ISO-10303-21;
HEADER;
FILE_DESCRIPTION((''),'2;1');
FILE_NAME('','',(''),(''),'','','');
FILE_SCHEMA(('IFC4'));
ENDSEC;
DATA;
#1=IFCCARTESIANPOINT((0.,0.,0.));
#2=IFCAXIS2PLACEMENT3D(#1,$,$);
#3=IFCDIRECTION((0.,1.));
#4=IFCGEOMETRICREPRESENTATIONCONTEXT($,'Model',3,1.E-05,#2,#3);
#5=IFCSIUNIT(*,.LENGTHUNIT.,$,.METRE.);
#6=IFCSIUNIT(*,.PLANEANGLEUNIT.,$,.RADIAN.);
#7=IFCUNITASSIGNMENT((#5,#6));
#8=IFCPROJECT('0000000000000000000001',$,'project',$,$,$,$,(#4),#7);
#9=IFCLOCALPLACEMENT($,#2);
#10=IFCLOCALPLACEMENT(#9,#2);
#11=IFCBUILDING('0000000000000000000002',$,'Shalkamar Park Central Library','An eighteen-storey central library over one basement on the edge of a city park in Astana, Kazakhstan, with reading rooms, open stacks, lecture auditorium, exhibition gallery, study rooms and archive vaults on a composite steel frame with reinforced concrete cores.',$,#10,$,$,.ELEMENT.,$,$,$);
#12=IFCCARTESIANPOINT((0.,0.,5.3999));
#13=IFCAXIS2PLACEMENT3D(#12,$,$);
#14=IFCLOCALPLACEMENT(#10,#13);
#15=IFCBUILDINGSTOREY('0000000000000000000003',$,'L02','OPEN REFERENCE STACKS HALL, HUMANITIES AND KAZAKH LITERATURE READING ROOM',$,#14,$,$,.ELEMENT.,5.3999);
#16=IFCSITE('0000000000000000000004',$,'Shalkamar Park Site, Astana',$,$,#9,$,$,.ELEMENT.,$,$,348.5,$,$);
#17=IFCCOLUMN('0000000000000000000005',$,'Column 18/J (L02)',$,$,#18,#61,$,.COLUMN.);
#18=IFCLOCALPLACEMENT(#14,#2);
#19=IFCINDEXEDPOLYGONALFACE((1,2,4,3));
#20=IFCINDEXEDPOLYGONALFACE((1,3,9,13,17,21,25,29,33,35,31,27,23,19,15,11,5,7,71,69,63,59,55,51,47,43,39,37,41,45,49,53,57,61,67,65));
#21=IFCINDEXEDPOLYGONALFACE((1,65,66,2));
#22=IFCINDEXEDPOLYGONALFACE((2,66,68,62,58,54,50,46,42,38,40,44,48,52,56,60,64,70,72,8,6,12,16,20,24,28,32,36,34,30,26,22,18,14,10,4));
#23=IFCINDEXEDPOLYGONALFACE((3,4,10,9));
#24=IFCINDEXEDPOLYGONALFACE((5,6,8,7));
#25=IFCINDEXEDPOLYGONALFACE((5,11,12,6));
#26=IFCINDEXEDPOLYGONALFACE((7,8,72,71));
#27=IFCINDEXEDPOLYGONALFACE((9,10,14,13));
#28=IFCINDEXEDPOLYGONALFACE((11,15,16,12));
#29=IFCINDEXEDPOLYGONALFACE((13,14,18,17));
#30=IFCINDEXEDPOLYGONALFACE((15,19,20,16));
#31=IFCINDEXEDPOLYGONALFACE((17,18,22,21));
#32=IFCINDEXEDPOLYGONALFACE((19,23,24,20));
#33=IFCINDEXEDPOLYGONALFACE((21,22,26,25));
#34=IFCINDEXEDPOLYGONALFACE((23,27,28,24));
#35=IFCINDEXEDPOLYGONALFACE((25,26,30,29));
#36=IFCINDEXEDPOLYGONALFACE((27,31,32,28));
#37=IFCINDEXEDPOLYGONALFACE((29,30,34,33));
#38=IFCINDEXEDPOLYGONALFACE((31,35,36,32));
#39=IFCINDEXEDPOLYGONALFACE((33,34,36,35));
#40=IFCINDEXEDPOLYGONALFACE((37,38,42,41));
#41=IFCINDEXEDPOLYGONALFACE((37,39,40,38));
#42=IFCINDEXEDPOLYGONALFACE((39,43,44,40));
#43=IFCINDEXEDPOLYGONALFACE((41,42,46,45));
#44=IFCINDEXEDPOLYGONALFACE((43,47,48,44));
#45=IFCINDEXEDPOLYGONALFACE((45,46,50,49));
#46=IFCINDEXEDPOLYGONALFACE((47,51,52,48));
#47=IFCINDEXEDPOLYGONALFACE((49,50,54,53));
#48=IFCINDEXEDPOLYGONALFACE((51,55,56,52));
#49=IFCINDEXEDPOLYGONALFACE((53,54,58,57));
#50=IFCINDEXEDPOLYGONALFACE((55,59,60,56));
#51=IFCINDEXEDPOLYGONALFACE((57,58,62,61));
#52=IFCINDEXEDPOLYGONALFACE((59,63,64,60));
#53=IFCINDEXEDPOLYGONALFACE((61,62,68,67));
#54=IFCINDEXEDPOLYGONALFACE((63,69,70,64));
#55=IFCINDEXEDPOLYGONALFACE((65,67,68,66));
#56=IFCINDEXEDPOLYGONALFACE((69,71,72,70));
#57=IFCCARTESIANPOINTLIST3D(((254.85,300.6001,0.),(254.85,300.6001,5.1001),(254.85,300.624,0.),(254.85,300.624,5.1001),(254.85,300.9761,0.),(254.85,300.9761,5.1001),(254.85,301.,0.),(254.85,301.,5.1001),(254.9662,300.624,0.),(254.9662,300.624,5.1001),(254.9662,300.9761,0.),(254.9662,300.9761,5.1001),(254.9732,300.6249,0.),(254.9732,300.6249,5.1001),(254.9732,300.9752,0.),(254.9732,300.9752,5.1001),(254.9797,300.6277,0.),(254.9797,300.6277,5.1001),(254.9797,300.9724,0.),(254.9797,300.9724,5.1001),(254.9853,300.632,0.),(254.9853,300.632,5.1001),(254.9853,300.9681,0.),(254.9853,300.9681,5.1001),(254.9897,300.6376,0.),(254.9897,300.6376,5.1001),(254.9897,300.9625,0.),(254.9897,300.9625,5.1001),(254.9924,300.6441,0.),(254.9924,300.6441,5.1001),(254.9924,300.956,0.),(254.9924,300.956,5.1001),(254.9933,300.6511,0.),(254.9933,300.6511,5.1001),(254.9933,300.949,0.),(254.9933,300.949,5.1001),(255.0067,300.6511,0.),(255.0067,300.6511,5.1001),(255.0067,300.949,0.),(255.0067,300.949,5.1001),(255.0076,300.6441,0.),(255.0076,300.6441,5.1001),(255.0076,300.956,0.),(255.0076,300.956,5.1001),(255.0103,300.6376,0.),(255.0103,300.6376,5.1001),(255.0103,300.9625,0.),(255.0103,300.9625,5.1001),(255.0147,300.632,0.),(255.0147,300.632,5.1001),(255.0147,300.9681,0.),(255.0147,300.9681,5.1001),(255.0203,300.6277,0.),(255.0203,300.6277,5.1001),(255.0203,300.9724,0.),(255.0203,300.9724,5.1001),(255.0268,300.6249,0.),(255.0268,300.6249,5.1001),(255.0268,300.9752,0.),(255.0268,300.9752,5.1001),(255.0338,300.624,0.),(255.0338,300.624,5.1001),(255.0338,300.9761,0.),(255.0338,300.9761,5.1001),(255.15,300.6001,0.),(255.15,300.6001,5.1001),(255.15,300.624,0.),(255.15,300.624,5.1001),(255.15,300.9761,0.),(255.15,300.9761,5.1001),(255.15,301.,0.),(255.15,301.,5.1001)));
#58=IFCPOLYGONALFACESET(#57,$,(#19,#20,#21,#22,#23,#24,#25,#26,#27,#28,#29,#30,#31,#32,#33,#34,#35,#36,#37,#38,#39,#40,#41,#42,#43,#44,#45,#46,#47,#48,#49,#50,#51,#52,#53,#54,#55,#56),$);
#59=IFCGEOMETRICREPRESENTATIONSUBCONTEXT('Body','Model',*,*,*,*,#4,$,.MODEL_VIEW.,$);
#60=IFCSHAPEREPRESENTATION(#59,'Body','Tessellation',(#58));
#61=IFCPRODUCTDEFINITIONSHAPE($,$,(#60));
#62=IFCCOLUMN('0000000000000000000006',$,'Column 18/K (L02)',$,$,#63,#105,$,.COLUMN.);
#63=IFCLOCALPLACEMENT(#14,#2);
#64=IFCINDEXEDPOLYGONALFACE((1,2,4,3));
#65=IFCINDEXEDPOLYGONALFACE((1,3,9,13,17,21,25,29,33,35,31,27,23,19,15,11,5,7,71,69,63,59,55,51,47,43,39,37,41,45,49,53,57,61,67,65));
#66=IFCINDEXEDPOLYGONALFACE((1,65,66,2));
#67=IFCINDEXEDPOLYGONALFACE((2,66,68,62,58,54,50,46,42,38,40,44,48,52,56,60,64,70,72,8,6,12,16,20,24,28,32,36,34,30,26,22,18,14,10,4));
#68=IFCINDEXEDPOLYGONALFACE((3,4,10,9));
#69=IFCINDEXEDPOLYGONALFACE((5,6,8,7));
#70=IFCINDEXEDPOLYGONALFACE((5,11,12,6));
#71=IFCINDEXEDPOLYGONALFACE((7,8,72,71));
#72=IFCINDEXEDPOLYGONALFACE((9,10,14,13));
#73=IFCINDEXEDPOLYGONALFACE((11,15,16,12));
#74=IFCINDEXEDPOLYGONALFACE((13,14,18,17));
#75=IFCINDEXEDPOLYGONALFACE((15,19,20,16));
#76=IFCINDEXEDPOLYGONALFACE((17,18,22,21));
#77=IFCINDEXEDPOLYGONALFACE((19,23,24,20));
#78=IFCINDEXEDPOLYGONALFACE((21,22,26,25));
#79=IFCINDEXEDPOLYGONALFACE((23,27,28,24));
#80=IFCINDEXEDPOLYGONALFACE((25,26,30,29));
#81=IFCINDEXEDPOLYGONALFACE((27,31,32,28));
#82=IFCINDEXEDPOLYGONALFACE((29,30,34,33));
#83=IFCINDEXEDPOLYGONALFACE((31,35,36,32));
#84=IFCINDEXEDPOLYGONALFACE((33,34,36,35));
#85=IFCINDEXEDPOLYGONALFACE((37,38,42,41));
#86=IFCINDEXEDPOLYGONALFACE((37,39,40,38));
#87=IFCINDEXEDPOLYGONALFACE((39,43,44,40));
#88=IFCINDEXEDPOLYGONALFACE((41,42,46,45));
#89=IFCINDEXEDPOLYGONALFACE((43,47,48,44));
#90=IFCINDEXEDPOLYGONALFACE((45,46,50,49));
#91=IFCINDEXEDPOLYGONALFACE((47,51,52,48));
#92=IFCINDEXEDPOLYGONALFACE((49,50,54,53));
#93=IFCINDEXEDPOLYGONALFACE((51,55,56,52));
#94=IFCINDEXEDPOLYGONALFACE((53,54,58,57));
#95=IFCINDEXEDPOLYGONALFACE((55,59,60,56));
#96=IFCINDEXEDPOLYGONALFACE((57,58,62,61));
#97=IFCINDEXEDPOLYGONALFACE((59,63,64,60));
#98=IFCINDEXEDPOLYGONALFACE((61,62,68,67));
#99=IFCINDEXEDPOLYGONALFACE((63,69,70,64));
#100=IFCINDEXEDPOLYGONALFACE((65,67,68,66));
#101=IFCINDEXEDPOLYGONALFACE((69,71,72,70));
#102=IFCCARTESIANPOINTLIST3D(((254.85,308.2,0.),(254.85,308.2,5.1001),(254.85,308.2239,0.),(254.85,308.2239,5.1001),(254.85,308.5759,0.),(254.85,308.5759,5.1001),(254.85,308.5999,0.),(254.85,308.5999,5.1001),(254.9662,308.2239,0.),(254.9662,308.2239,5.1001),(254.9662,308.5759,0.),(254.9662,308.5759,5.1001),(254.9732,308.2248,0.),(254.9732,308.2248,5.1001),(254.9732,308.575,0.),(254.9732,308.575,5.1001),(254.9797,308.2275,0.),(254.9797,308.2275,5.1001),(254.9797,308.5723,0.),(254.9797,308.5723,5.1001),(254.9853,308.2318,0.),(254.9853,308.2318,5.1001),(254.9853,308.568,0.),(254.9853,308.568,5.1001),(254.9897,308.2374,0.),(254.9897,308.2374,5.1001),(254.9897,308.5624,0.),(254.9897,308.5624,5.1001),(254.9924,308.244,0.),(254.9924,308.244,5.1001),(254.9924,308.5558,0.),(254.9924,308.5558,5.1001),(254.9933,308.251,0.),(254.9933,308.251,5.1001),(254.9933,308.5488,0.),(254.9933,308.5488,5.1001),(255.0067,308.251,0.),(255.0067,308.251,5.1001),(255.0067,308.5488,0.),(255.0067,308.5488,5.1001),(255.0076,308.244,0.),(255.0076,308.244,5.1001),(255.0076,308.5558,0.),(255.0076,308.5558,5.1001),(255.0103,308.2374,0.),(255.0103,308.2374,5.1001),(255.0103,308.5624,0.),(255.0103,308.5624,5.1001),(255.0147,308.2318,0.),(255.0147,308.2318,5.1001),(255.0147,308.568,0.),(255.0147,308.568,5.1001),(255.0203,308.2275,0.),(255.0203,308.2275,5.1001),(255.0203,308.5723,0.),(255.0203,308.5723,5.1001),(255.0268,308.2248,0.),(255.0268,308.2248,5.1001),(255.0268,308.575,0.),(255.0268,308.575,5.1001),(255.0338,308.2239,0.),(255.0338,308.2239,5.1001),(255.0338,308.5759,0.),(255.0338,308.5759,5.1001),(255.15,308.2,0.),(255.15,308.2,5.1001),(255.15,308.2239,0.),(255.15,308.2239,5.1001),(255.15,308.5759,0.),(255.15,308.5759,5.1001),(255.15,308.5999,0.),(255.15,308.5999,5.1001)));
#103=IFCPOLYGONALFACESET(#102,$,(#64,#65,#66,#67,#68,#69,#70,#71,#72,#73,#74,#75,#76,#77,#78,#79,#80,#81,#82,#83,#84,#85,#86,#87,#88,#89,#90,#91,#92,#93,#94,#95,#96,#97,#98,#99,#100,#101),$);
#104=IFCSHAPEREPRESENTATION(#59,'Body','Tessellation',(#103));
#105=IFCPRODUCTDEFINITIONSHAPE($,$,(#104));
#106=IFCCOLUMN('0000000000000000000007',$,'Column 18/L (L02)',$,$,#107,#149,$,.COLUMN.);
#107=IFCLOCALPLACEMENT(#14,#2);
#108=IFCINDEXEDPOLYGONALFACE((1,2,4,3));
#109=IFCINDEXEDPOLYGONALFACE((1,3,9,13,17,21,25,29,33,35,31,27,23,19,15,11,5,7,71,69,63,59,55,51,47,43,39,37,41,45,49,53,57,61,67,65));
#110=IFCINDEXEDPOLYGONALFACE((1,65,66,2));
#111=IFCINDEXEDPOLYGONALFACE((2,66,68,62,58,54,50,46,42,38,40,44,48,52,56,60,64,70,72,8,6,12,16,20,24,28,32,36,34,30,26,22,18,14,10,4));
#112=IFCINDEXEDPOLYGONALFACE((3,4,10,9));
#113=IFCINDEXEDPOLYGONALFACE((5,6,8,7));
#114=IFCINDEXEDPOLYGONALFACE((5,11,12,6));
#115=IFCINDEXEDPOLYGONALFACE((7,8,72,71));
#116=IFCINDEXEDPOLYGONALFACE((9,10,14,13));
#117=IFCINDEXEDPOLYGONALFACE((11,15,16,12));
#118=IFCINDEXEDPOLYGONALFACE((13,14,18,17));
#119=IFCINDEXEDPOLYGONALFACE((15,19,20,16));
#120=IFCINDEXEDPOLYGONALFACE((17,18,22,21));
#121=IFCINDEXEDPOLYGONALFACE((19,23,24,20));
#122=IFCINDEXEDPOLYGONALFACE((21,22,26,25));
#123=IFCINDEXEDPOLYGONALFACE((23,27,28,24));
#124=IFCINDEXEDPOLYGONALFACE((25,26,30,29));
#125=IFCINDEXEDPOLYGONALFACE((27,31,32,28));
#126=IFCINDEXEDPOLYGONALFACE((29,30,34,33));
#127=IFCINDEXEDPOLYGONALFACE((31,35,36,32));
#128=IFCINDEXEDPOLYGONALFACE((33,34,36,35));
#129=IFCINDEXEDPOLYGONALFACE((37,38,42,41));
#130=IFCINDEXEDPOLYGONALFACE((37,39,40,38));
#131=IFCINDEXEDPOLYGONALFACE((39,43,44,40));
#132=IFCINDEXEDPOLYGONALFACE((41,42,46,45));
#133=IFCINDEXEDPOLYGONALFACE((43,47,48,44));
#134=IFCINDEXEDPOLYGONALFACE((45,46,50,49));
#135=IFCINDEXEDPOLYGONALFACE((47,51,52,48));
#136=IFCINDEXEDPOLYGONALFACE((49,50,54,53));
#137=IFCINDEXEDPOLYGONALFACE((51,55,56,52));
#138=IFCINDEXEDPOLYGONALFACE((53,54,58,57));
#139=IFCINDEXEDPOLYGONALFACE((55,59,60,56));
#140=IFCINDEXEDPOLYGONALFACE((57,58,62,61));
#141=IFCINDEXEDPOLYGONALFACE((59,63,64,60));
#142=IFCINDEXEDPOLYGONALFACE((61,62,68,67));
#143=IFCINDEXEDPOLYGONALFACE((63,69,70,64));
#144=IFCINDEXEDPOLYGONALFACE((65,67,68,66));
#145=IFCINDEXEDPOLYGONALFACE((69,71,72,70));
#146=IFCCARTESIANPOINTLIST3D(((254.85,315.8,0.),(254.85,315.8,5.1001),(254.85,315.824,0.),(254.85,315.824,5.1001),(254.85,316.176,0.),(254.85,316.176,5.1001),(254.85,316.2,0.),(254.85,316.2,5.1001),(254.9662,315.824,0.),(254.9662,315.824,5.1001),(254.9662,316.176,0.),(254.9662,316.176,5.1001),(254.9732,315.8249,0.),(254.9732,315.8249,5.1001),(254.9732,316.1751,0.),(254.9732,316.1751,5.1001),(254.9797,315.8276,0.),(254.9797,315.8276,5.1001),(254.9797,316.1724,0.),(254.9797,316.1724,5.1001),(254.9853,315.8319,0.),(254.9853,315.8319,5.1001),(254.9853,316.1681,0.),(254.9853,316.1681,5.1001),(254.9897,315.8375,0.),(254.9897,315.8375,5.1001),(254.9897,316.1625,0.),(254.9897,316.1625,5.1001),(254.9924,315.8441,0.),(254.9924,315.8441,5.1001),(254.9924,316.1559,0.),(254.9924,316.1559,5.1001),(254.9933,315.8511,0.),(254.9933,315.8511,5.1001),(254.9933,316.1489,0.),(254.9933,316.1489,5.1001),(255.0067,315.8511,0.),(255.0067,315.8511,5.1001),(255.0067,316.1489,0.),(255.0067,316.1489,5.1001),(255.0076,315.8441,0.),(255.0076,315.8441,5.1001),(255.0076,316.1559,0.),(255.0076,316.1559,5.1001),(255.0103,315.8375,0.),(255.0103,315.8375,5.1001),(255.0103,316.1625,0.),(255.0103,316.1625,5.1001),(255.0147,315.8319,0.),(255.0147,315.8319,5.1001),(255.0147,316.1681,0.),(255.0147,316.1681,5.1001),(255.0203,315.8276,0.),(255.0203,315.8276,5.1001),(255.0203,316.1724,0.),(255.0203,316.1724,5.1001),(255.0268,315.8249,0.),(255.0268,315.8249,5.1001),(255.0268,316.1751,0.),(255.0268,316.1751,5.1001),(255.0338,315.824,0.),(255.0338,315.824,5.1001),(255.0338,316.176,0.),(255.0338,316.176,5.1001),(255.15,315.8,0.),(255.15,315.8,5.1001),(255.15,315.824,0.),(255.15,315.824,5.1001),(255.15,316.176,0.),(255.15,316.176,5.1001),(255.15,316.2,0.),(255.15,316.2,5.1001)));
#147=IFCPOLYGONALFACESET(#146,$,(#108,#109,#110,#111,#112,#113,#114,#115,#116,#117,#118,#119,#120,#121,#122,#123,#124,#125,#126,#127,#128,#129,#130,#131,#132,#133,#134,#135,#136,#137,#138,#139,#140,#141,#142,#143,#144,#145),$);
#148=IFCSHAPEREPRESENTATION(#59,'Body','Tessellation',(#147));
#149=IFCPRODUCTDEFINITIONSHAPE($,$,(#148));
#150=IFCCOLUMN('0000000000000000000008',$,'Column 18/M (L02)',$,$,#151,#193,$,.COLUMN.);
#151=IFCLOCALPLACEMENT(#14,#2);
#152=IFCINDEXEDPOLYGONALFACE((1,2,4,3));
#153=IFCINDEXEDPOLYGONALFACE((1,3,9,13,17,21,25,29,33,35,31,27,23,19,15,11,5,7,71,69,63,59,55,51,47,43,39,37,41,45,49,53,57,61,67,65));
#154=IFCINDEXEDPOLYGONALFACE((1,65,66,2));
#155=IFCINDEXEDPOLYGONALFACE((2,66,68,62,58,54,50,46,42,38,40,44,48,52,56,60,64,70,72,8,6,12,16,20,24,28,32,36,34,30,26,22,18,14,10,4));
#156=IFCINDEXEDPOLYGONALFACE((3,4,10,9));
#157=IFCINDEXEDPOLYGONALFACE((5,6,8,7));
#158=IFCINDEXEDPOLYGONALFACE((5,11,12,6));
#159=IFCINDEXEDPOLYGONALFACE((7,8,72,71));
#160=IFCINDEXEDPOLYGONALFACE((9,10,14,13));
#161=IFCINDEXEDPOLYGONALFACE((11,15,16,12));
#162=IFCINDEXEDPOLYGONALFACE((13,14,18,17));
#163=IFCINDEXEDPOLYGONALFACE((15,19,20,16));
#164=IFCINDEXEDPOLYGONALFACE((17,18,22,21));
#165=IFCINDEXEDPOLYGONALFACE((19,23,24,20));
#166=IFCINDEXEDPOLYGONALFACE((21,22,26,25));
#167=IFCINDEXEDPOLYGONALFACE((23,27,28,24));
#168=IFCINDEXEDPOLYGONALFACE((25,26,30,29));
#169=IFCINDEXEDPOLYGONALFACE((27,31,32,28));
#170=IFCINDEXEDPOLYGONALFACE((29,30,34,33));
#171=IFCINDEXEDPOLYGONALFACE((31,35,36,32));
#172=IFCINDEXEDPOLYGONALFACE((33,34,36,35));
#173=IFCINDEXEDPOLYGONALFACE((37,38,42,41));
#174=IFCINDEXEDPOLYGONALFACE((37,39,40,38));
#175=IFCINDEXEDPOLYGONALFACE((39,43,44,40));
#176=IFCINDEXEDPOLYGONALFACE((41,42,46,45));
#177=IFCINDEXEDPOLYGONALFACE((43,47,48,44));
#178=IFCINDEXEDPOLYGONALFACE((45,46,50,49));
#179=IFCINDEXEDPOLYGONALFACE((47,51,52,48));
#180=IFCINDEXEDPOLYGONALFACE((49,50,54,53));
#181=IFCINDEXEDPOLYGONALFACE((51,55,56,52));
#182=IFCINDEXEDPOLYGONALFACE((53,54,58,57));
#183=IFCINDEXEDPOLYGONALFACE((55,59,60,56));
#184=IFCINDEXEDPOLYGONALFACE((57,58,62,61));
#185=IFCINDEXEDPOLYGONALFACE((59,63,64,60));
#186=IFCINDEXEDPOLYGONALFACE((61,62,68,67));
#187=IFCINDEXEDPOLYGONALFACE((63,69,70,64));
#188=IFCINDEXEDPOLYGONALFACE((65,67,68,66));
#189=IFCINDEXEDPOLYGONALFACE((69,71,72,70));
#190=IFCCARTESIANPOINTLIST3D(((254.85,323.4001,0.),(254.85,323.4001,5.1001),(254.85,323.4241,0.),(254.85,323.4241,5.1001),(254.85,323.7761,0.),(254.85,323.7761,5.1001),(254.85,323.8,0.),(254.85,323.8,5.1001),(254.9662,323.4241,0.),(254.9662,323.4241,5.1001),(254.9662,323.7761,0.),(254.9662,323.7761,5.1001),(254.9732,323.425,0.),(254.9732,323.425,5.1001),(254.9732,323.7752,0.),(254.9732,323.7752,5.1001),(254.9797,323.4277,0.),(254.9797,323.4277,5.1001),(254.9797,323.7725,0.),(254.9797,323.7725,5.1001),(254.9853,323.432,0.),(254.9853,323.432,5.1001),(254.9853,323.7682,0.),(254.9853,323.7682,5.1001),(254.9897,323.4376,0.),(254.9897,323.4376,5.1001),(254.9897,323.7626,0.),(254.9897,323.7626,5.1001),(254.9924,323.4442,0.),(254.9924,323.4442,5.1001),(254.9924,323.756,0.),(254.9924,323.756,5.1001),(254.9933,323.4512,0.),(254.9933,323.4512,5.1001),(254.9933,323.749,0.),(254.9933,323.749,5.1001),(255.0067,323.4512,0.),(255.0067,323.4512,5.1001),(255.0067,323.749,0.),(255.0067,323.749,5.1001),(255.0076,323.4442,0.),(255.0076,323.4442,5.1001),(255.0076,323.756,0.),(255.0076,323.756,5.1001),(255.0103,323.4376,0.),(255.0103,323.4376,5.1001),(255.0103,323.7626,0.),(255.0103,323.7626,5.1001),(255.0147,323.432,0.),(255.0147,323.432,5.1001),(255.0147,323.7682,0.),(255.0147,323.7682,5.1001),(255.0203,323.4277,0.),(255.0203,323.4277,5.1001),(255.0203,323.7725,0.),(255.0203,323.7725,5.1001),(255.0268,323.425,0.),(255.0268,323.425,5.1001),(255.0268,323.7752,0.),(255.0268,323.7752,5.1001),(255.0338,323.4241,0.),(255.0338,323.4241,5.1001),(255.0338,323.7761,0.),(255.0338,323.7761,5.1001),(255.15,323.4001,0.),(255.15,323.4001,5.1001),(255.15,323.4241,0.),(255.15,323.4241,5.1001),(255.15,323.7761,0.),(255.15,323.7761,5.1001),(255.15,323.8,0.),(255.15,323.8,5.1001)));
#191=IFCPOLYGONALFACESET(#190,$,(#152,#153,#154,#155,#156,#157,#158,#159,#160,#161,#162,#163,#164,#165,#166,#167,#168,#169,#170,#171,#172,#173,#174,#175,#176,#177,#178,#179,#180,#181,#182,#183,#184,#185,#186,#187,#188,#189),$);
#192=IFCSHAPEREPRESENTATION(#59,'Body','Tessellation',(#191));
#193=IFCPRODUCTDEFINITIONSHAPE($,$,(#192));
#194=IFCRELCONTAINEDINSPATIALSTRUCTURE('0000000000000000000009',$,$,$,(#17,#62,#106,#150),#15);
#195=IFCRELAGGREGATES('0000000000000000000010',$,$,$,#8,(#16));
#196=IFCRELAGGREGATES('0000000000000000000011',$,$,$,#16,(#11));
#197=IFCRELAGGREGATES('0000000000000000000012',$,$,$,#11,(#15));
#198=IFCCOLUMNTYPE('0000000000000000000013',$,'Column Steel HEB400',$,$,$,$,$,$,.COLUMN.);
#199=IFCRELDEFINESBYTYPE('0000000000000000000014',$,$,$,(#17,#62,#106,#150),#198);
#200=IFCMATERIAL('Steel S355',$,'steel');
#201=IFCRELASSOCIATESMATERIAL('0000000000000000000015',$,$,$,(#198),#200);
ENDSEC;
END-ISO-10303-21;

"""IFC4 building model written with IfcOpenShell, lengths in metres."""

from ifc_helpers import new_model, si_unit, direction, frame, origin, origin_2d, place, context, subcontext, project, spatial, i_section, extrude, material, material_profile, profile_set, type_object, element, save


model = new_model("IFC4")

# Units and contexts
model_context = context("Model", 3, precision=1e-05, world=origin(), true_north=direction((0.0, 1.0)))
body_context = subcontext(model_context, "Body", "Model", "MODEL_VIEW")
ifc_project = project(units=[si_unit("LENGTHUNIT", "METRE"), si_unit("PLANEANGLEUNIT", "RADIAN")], contexts=[model_context])

# Site, building, storey
site_placement = place(None, origin())
site = spatial("IfcSite", under=ifc_project, at=site_placement, Name="Shalkamar Park Site, Astana", CompositionType="ELEMENT", RefElevation=348.5)
building_placement = place(site_placement, origin())
building = spatial("IfcBuilding", under=site, at=building_placement, Name="Shalkamar Park Central Library", Description="An eighteen-storey central library over one basement on the edge of a city park in Astana, Kazakhstan, with reading rooms, open stacks, lecture auditorium, exhibition gallery, study rooms and archive vaults on a composite steel frame with reinforced concrete cores.", CompositionType="ELEMENT")
storey_placement = place(building_placement, frame((0.0, 0.0, 5.3999)))
storey = spatial("IfcBuildingStorey", under=building, at=storey_placement, Name="L02", Description="OPEN REFERENCE STACKS HALL, HUMANITIES AND KAZAKH LITERATURE READING ROOM", CompositionType="ELEMENT", Elevation=5.3999)

# Columns
ifc_material_1 = material(Name="Steel S355", Category="steel")
ifc_material_profile_1 = material_profile(ifc_material_1, i_section(OverallWidth=0.3, OverallDepth=0.3999, WebThickness=0.0134, FlangeThickness=0.0239, FilletRadius=0.0271, at=origin_2d()), Name="HEB 400")
ifc_profile_set_1 = profile_set([ifc_material_profile_1], Name="Steel S355")
column_type = type_object("IfcColumnType", Name="Column Steel HEB400", PredefinedType="COLUMN", material=ifc_profile_set_1)
for number, where, z_axis, x_axis, name in (
    (1, (255.0, 300.8, 0.0), (0.0, 0.0, 1.0), (1.0, 0.0, 0.0), "Column 18/J (L02)"),
    (2, (255.0, 308.3999, 0.0), (0.0, 0.0, 1.0), (1.0, 0.0, 0.0), "Column 18/K (L02)"),
    (3, (255.0, 316.0, 0.0), (0.0, 0.0, 1.0), (1.0, 0.0, 0.0), "Column 18/L (L02)"),
    (4, (255.0, 323.6001, 0.0), (0.0, 0.0, 1.0), (1.0, 0.0, 0.0), "Column 18/M (L02)"),
):
    element("IfcColumn", number, at=place(storey_placement, frame(where, z_axis=z_axis, x_axis=x_axis)), inside=storey, type_object=column_type, Name=name, PredefinedType="COLUMN", context=body_context, shape_type="SweptSolid", body=[
        extrude(i_section(OverallWidth=0.3, OverallDepth=0.3999, WebThickness=0.0134, FlangeThickness=0.0239, FilletRadius=0.0271, at=origin_2d()), origin(), (0.0, 0.0, 1.0), 5.1001),
    ])

save(model, "model.ifc")
